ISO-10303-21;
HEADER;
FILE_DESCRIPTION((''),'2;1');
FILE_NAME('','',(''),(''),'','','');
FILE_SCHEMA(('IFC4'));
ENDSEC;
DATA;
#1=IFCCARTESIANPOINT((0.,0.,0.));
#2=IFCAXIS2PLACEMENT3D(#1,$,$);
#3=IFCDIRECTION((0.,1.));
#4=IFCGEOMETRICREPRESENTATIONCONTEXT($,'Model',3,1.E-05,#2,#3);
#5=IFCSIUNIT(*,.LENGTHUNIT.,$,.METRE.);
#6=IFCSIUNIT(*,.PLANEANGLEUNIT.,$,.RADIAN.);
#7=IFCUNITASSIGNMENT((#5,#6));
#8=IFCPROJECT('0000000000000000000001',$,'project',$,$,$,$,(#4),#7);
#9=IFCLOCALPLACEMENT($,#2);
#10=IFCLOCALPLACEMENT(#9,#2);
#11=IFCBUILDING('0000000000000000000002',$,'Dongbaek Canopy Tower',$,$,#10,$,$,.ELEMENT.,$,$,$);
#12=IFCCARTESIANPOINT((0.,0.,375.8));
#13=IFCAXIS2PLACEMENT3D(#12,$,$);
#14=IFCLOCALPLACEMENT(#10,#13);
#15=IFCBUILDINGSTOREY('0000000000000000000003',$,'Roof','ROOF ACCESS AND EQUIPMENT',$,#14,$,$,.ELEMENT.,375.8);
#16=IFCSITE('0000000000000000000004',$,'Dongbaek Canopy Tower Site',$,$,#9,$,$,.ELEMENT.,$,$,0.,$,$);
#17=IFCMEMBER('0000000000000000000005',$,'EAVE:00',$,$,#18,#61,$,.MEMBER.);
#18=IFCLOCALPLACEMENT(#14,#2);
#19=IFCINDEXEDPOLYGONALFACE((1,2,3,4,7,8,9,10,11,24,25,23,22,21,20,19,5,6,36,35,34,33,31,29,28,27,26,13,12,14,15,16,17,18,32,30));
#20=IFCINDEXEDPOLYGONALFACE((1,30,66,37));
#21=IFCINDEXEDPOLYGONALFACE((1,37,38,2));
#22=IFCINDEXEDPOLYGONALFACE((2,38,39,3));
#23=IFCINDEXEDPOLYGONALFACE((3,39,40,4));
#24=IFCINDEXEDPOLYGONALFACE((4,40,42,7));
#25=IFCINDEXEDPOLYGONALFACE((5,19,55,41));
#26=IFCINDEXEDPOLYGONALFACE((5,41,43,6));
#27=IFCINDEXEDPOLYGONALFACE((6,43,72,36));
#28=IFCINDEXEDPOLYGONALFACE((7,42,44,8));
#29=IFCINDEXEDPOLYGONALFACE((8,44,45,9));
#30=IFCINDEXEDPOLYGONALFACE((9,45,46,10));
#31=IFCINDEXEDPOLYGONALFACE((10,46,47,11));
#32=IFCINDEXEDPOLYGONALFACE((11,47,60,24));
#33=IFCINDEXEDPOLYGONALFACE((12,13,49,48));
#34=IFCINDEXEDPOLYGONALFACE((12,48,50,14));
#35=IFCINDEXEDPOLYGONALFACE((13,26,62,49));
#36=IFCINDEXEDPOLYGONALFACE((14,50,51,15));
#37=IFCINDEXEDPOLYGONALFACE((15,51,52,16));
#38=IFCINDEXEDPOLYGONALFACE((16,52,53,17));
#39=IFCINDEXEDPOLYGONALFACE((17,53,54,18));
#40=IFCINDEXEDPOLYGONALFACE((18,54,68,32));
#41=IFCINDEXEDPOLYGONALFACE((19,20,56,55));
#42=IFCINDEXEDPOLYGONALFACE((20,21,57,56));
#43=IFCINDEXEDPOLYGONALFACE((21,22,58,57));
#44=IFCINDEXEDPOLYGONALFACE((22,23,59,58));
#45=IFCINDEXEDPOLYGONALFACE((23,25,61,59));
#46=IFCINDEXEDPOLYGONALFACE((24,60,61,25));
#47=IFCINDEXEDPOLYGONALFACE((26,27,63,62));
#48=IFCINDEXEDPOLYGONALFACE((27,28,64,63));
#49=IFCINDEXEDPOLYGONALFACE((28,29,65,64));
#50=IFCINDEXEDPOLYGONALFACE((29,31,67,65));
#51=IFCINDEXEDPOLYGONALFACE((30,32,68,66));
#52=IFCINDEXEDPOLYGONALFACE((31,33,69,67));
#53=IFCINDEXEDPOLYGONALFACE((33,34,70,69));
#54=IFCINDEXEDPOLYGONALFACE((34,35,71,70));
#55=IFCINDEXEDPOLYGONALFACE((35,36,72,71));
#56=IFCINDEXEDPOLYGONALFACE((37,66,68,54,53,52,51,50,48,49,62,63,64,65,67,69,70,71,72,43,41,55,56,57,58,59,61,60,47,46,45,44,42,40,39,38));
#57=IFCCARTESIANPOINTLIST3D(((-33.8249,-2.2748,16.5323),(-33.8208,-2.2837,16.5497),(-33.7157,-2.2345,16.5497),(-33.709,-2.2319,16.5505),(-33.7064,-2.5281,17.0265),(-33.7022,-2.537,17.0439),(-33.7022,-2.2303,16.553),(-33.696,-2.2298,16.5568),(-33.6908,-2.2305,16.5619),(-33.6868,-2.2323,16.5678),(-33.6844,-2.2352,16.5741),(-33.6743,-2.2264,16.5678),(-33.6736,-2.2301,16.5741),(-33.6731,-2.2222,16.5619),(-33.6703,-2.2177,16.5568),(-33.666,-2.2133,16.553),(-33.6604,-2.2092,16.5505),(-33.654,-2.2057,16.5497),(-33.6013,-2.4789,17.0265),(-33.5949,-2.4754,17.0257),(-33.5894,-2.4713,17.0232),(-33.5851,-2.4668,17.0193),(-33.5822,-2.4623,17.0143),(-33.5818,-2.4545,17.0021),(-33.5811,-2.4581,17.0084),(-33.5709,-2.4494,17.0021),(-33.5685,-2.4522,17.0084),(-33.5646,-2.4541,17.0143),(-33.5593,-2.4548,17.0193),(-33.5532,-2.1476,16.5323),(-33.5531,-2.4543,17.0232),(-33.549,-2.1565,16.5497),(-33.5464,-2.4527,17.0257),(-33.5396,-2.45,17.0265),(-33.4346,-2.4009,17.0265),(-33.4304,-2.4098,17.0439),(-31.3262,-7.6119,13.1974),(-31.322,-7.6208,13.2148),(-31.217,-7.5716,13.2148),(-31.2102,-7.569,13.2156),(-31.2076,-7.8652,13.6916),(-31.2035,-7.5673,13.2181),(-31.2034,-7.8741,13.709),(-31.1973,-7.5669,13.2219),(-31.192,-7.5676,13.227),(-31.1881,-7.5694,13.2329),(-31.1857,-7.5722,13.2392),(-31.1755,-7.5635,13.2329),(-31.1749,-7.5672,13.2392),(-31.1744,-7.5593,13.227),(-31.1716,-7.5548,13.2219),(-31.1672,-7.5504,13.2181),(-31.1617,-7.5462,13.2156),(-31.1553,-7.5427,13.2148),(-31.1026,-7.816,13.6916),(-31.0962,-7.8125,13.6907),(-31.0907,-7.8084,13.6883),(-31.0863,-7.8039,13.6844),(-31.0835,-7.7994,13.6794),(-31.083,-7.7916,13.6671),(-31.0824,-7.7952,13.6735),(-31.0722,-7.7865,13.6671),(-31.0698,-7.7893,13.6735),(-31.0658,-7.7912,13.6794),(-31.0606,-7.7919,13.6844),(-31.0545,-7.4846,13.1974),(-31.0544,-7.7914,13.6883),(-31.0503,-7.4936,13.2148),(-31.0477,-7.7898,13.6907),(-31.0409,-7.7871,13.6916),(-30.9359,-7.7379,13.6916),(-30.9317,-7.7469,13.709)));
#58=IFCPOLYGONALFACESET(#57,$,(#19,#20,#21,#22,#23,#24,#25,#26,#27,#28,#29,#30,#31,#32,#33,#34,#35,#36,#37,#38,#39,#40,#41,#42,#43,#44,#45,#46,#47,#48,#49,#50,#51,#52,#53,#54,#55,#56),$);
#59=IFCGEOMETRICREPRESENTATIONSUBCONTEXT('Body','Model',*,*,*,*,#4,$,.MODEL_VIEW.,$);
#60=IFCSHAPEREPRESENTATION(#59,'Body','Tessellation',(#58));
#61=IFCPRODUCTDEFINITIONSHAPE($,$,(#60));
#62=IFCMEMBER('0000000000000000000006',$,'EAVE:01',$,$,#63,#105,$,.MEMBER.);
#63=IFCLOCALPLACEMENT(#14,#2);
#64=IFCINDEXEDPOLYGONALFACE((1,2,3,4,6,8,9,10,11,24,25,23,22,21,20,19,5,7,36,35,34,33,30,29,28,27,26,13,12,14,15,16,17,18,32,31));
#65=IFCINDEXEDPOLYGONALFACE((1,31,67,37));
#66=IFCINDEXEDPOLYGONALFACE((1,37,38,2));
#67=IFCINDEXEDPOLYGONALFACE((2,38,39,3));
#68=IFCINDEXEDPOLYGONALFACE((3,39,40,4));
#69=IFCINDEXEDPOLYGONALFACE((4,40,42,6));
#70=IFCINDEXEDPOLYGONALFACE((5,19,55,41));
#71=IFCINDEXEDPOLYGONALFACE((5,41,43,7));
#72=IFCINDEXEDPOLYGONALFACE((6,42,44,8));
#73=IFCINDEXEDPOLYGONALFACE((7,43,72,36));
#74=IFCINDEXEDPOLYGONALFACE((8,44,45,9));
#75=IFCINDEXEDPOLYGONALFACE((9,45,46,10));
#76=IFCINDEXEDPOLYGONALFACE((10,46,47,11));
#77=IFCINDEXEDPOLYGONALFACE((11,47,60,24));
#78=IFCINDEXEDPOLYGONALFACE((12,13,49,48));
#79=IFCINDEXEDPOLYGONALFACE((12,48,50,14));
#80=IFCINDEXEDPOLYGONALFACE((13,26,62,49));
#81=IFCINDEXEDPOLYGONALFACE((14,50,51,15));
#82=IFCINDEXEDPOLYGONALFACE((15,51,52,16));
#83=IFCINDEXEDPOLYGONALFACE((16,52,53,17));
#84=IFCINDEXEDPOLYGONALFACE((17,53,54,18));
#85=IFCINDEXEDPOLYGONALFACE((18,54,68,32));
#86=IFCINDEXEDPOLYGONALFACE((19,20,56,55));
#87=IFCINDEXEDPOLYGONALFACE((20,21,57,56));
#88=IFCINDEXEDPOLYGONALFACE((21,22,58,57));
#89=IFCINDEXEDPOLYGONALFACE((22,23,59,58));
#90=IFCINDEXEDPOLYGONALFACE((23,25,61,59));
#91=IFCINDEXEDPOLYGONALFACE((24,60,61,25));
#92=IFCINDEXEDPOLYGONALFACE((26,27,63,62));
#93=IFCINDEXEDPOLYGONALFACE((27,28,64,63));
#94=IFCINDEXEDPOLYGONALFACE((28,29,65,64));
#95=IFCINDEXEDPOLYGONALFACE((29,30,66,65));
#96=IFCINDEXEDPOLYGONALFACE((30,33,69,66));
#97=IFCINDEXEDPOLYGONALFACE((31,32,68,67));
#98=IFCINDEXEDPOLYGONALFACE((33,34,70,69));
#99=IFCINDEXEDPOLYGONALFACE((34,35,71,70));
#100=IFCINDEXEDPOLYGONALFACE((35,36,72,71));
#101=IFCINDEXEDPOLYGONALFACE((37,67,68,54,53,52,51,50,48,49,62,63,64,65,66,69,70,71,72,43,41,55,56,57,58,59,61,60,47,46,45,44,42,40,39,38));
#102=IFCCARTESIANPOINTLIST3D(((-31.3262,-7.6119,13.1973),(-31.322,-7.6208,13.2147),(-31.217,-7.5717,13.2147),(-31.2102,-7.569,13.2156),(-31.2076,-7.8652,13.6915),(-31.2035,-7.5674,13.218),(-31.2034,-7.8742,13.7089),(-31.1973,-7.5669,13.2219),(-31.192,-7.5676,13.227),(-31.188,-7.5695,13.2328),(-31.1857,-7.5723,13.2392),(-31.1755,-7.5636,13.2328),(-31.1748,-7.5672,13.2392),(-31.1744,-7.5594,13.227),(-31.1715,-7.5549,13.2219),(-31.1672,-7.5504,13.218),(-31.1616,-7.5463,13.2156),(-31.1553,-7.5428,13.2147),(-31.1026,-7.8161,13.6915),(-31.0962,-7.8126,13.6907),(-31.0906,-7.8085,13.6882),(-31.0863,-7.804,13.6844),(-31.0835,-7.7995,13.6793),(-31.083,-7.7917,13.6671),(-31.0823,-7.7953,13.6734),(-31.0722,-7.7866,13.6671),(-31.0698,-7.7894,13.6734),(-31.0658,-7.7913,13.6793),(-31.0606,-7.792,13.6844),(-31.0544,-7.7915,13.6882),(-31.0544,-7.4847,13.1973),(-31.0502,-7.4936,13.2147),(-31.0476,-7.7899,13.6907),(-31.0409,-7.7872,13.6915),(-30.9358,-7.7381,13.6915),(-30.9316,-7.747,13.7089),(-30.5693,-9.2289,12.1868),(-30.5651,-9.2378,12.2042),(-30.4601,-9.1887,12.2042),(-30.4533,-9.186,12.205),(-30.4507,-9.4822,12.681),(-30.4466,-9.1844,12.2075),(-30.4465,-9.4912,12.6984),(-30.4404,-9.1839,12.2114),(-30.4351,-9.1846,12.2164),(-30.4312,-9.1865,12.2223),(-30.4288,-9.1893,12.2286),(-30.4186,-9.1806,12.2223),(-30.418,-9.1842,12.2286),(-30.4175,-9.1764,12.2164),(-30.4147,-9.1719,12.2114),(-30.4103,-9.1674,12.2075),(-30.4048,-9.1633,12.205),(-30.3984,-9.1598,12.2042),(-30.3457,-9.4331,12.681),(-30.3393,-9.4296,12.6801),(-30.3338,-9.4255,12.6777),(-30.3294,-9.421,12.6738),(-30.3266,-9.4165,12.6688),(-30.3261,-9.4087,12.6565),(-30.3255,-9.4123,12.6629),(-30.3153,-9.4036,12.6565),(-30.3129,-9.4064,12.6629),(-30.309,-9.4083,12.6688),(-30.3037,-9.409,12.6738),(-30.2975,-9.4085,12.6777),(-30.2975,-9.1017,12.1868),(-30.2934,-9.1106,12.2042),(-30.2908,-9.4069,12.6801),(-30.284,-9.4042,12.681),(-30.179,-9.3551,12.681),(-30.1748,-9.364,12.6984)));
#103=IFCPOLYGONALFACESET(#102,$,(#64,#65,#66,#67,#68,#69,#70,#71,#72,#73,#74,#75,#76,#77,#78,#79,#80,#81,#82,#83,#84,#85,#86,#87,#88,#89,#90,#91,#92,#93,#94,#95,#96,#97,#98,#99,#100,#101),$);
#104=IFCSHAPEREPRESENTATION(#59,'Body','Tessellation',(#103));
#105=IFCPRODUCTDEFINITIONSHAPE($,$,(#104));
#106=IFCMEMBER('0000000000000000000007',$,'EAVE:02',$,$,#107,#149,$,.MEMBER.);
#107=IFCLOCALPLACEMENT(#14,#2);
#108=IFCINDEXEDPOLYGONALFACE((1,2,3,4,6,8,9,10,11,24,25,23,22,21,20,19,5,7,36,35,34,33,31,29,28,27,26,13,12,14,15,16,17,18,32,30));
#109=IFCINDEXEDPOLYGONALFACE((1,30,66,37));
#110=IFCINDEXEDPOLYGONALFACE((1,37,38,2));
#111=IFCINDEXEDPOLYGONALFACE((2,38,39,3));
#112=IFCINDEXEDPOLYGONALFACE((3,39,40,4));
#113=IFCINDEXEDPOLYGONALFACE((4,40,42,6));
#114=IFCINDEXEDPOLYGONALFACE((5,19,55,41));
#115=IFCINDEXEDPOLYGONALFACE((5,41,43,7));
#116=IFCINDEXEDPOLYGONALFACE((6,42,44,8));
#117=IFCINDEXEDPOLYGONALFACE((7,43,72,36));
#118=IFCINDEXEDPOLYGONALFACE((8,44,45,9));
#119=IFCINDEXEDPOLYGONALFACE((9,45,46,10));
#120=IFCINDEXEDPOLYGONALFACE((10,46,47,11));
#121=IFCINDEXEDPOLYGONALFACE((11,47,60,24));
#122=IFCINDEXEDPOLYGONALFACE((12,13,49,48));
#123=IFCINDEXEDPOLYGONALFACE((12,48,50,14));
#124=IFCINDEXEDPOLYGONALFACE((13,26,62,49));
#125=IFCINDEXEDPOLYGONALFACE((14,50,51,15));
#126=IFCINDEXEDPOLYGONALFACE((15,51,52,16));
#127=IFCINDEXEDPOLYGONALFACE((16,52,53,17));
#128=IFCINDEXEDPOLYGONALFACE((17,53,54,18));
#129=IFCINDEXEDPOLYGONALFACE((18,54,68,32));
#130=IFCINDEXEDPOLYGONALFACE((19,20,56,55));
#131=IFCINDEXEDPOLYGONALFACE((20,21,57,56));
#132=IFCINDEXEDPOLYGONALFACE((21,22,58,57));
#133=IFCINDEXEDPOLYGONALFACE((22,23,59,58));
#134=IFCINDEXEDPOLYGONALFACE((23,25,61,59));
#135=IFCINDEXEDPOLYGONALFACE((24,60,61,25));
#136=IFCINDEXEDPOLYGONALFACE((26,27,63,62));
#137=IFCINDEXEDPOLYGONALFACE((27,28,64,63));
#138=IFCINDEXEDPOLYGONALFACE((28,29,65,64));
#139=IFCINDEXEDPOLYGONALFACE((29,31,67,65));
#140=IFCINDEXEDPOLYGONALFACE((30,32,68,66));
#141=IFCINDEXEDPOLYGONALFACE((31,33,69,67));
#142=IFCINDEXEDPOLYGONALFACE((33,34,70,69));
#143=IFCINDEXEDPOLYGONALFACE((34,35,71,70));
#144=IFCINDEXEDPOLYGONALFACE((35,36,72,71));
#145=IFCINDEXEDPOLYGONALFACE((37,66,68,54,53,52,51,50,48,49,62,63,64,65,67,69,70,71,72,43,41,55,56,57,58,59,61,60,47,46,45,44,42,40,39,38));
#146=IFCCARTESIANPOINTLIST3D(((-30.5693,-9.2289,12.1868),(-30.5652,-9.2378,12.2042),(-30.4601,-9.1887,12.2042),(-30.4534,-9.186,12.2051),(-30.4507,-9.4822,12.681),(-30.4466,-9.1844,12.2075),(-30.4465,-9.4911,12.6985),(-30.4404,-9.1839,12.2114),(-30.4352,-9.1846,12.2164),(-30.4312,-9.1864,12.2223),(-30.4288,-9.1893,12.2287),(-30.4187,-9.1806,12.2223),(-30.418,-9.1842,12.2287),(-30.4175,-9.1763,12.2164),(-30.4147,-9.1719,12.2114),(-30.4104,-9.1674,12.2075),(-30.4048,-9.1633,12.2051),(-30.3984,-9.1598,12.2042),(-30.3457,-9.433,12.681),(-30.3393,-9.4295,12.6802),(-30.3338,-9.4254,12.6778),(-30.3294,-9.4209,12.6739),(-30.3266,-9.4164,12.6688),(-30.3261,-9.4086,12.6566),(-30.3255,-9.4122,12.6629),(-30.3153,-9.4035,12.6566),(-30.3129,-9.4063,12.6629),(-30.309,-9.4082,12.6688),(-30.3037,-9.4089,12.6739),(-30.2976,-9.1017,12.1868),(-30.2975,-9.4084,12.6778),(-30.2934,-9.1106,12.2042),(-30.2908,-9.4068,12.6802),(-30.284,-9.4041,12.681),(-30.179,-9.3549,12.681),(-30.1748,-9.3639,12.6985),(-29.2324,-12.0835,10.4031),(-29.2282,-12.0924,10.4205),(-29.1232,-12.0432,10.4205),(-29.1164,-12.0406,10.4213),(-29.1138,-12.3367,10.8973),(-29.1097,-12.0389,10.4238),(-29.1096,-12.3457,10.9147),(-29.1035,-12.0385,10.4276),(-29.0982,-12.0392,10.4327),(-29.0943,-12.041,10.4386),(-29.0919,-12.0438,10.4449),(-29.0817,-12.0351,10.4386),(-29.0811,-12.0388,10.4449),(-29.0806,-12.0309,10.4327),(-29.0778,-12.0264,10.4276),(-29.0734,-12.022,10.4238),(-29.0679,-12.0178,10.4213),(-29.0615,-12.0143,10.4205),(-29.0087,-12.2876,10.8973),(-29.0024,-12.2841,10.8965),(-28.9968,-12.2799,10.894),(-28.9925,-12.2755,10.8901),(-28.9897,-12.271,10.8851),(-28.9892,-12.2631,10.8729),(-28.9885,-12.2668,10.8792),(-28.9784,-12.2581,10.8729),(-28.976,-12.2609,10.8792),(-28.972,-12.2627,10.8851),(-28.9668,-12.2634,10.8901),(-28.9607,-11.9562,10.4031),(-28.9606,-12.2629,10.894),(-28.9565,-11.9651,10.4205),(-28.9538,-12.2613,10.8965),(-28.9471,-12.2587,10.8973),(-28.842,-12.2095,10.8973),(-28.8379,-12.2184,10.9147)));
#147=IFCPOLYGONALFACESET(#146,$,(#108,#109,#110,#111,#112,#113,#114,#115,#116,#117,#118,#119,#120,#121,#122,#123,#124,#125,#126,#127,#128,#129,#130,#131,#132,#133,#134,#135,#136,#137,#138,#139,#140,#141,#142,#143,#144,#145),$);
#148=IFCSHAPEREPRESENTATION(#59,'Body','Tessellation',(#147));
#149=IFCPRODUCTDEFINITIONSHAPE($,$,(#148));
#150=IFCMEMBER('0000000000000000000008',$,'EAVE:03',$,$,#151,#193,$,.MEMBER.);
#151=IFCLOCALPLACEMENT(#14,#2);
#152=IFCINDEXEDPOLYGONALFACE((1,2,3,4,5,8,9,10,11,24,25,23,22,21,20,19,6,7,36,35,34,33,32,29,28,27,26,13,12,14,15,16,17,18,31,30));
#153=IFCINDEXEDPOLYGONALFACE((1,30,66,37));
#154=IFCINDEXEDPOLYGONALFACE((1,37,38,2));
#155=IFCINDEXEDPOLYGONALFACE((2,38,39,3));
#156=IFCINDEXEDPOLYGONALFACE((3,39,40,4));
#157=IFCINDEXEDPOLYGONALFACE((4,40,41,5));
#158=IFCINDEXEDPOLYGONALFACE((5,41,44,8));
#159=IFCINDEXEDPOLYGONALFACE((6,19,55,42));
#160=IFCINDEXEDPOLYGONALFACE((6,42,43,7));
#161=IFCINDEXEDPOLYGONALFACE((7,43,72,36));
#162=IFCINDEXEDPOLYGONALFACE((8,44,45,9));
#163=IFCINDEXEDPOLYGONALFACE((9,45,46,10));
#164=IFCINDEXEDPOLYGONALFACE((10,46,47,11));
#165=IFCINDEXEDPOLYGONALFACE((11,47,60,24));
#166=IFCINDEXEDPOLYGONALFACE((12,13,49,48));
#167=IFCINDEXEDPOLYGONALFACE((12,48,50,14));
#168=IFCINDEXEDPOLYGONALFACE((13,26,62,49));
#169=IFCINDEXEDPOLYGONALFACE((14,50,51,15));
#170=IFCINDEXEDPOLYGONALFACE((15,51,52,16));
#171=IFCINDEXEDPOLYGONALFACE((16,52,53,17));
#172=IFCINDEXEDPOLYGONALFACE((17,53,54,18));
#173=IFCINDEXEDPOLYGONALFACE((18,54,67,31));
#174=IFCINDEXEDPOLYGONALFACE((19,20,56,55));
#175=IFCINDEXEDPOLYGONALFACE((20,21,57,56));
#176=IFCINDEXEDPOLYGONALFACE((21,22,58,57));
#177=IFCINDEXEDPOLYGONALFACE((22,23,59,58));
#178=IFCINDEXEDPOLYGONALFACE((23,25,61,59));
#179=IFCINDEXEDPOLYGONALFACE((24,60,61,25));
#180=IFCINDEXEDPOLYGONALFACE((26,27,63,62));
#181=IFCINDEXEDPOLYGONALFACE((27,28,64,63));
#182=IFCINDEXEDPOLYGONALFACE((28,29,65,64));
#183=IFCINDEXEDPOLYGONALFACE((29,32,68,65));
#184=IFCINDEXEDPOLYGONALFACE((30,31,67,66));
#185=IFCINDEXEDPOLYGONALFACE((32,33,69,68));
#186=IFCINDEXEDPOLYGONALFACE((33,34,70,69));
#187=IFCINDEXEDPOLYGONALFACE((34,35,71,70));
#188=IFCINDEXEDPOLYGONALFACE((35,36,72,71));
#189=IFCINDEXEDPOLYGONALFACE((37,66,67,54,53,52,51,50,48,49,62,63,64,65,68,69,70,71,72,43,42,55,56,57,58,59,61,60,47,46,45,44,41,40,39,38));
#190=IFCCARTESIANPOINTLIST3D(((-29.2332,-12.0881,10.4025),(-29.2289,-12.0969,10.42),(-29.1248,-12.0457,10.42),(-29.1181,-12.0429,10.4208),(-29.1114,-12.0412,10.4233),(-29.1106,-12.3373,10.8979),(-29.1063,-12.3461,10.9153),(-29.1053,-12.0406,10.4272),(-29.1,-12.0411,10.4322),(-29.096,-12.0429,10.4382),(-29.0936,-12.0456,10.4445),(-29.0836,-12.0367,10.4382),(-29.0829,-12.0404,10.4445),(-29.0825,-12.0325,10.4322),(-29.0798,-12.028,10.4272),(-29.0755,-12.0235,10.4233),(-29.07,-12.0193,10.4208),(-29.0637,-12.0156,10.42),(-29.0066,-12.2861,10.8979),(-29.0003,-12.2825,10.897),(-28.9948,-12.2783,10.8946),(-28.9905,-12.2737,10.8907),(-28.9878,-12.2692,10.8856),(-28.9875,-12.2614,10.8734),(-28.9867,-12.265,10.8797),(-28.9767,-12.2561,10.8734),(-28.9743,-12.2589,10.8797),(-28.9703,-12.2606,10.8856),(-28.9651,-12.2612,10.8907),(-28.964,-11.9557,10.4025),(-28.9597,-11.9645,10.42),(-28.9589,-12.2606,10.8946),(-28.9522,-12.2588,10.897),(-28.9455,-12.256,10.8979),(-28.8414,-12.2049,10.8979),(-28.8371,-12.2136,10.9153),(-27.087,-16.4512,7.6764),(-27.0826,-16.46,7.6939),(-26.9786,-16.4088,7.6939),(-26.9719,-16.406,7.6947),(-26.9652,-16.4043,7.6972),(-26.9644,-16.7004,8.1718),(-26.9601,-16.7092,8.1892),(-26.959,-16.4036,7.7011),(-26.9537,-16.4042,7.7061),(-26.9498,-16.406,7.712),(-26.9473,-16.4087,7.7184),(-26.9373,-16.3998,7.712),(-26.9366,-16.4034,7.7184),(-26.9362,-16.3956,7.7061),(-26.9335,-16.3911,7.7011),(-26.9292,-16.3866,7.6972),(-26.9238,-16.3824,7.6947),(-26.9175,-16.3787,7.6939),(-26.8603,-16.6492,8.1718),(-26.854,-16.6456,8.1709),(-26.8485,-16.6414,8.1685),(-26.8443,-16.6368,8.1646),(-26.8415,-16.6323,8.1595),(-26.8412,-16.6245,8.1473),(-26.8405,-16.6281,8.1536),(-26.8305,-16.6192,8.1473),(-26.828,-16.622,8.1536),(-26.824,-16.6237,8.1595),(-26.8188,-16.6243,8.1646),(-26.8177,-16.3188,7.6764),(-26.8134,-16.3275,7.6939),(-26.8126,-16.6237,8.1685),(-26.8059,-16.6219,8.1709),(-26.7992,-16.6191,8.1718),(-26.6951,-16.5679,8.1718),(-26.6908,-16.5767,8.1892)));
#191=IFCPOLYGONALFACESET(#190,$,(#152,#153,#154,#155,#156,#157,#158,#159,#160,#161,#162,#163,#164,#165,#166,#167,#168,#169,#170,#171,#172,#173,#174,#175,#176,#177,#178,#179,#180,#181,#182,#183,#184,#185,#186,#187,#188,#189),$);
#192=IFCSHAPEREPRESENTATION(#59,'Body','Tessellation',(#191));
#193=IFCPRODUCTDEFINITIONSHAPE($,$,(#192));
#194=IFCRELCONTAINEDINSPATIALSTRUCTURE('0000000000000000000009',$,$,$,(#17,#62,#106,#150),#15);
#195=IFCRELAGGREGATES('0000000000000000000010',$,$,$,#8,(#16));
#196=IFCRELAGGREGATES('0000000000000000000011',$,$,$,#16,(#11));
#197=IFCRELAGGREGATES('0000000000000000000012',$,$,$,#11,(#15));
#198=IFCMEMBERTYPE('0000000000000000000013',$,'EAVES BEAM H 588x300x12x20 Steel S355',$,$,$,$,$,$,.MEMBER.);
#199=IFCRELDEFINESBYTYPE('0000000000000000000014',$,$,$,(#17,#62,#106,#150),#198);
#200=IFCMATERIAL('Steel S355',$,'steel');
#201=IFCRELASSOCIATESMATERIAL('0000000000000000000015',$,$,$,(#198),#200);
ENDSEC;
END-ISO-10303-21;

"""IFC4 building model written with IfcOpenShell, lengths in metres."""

from ifc_helpers import new_model, si_unit, direction, frame, origin, origin_2d, place, context, subcontext, project, spatial, i_section, extrude, material, material_profile, profile_set, type_object, element, save


model = new_model("IFC4")

# Units and contexts
model_context = context("Model", 3, precision=1e-05, world=origin(), true_north=direction((0.0, 1.0)))
body_context = subcontext(model_context, "Body", "Model", "MODEL_VIEW")
ifc_project = project(units=[si_unit("LENGTHUNIT", "METRE"), si_unit("PLANEANGLEUNIT", "RADIAN")], contexts=[model_context])

# Site, building, storey
site_placement = place(None, origin())
site = spatial("IfcSite", under=ifc_project, at=site_placement, Name="Dongbaek Canopy Tower Site", CompositionType="ELEMENT", RefElevation=0.0)
building_placement = place(site_placement, origin())
building = spatial("IfcBuilding", under=site, at=building_placement, Name="Dongbaek Canopy Tower", CompositionType="ELEMENT")
storey_placement = place(building_placement, frame((0.0, 0.0, 375.8)))
storey = spatial("IfcBuildingStorey", under=building, at=storey_placement, Name="Roof", Description="ROOF ACCESS AND EQUIPMENT", CompositionType="ELEMENT", Elevation=375.8)

# Members
ifc_material_1 = material(Name="Steel S355", Category="steel")
ifc_material_profile_1 = material_profile(ifc_material_1, i_section(OverallWidth=0.3, OverallDepth=0.5879, WebThickness=0.012, FlangeThickness=0.02, FilletRadius=0.0281, at=origin_2d()), Name="EAVES BEAM H 588x300x12x20 Steel S355")
ifc_profile_set_1 = profile_set([ifc_material_profile_1], Name="Steel S355")
member_type_1 = type_object("IfcMemberType", Name="EAVES BEAM H 588x300x12x20 Steel S355", PredefinedType="MEMBER", material=ifc_profile_set_1)
member_1_placement = place(storey_placement, frame((-33.6277, -2.3423, 16.7881), z_axis=(0.369023, -0.788198, -0.492511), x_axis=(0.905655, 0.424015, 0.0)))
element("IfcMember", 1, at=member_1_placement, inside=storey, type_object=member_type_1, Name="EAVE:00", PredefinedType="MEMBER", context=body_context, shape_type="SweptSolid", body=[
    extrude(i_section(OverallWidth=0.3, OverallDepth=0.5879, WebThickness=0.012, FlangeThickness=0.02, FilletRadius=0.0281, at=origin_2d()), origin(), (0.0, 0.0, 1.0), 6.7712),
])
member_2_placement = place(storey_placement, frame((-31.1289, -7.6794, 13.4531), z_axis=(0.368929, -0.788199, -0.492579), x_axis=(0.905697, 0.423926, 0.0)))
element("IfcMember", 2, at=member_2_placement, inside=storey, type_object=member_type_1, Name="EAVE:01", PredefinedType="MEMBER", context=body_context, shape_type="SweptSolid", body=[
    extrude(i_section(OverallWidth=0.3, OverallDepth=0.5879, WebThickness=0.012, FlangeThickness=0.02, FilletRadius=0.0281, at=origin_2d()), origin(), (0.0, 0.0, 1.0), 2.0515),
])
member_3_placement = place(storey_placement, frame((-30.3721, -9.2964, 12.4426), z_axis=(0.369136, -0.788154, -0.492495), x_axis=(0.905597, 0.42414, 0.0)))
element("IfcMember", 3, at=member_3_placement, inside=storey, type_object=member_type_1, Name="EAVE:02", PredefinedType="MEMBER", context=body_context, shape_type="SweptSolid", body=[
    extrude(i_section(OverallWidth=0.3, OverallDepth=0.5879, WebThickness=0.012, FlangeThickness=0.02, FilletRadius=0.0281, at=origin_2d()), origin(), (0.0, 0.0, 1.0), 3.6218),
])
member_4_placement = place(storey_placement, frame((-29.0352, -12.1509, 10.6589), z_axis=(0.385017, -0.782692, -0.489035), x_axis=(0.897311, 0.4414, 0.0)))
element("IfcMember", 4, at=member_4_placement, inside=storey, type_object=member_type_1, Name="EAVE:03", PredefinedType="MEMBER", context=body_context, shape_type="SweptSolid", body=[
    extrude(i_section(OverallWidth=0.3, OverallDepth=0.5879, WebThickness=0.012, FlangeThickness=0.02, FilletRadius=0.0281, at=origin_2d()), origin(), (0.0, 0.0, 1.0), 5.5745),
])

save(model, "model.ifc")
